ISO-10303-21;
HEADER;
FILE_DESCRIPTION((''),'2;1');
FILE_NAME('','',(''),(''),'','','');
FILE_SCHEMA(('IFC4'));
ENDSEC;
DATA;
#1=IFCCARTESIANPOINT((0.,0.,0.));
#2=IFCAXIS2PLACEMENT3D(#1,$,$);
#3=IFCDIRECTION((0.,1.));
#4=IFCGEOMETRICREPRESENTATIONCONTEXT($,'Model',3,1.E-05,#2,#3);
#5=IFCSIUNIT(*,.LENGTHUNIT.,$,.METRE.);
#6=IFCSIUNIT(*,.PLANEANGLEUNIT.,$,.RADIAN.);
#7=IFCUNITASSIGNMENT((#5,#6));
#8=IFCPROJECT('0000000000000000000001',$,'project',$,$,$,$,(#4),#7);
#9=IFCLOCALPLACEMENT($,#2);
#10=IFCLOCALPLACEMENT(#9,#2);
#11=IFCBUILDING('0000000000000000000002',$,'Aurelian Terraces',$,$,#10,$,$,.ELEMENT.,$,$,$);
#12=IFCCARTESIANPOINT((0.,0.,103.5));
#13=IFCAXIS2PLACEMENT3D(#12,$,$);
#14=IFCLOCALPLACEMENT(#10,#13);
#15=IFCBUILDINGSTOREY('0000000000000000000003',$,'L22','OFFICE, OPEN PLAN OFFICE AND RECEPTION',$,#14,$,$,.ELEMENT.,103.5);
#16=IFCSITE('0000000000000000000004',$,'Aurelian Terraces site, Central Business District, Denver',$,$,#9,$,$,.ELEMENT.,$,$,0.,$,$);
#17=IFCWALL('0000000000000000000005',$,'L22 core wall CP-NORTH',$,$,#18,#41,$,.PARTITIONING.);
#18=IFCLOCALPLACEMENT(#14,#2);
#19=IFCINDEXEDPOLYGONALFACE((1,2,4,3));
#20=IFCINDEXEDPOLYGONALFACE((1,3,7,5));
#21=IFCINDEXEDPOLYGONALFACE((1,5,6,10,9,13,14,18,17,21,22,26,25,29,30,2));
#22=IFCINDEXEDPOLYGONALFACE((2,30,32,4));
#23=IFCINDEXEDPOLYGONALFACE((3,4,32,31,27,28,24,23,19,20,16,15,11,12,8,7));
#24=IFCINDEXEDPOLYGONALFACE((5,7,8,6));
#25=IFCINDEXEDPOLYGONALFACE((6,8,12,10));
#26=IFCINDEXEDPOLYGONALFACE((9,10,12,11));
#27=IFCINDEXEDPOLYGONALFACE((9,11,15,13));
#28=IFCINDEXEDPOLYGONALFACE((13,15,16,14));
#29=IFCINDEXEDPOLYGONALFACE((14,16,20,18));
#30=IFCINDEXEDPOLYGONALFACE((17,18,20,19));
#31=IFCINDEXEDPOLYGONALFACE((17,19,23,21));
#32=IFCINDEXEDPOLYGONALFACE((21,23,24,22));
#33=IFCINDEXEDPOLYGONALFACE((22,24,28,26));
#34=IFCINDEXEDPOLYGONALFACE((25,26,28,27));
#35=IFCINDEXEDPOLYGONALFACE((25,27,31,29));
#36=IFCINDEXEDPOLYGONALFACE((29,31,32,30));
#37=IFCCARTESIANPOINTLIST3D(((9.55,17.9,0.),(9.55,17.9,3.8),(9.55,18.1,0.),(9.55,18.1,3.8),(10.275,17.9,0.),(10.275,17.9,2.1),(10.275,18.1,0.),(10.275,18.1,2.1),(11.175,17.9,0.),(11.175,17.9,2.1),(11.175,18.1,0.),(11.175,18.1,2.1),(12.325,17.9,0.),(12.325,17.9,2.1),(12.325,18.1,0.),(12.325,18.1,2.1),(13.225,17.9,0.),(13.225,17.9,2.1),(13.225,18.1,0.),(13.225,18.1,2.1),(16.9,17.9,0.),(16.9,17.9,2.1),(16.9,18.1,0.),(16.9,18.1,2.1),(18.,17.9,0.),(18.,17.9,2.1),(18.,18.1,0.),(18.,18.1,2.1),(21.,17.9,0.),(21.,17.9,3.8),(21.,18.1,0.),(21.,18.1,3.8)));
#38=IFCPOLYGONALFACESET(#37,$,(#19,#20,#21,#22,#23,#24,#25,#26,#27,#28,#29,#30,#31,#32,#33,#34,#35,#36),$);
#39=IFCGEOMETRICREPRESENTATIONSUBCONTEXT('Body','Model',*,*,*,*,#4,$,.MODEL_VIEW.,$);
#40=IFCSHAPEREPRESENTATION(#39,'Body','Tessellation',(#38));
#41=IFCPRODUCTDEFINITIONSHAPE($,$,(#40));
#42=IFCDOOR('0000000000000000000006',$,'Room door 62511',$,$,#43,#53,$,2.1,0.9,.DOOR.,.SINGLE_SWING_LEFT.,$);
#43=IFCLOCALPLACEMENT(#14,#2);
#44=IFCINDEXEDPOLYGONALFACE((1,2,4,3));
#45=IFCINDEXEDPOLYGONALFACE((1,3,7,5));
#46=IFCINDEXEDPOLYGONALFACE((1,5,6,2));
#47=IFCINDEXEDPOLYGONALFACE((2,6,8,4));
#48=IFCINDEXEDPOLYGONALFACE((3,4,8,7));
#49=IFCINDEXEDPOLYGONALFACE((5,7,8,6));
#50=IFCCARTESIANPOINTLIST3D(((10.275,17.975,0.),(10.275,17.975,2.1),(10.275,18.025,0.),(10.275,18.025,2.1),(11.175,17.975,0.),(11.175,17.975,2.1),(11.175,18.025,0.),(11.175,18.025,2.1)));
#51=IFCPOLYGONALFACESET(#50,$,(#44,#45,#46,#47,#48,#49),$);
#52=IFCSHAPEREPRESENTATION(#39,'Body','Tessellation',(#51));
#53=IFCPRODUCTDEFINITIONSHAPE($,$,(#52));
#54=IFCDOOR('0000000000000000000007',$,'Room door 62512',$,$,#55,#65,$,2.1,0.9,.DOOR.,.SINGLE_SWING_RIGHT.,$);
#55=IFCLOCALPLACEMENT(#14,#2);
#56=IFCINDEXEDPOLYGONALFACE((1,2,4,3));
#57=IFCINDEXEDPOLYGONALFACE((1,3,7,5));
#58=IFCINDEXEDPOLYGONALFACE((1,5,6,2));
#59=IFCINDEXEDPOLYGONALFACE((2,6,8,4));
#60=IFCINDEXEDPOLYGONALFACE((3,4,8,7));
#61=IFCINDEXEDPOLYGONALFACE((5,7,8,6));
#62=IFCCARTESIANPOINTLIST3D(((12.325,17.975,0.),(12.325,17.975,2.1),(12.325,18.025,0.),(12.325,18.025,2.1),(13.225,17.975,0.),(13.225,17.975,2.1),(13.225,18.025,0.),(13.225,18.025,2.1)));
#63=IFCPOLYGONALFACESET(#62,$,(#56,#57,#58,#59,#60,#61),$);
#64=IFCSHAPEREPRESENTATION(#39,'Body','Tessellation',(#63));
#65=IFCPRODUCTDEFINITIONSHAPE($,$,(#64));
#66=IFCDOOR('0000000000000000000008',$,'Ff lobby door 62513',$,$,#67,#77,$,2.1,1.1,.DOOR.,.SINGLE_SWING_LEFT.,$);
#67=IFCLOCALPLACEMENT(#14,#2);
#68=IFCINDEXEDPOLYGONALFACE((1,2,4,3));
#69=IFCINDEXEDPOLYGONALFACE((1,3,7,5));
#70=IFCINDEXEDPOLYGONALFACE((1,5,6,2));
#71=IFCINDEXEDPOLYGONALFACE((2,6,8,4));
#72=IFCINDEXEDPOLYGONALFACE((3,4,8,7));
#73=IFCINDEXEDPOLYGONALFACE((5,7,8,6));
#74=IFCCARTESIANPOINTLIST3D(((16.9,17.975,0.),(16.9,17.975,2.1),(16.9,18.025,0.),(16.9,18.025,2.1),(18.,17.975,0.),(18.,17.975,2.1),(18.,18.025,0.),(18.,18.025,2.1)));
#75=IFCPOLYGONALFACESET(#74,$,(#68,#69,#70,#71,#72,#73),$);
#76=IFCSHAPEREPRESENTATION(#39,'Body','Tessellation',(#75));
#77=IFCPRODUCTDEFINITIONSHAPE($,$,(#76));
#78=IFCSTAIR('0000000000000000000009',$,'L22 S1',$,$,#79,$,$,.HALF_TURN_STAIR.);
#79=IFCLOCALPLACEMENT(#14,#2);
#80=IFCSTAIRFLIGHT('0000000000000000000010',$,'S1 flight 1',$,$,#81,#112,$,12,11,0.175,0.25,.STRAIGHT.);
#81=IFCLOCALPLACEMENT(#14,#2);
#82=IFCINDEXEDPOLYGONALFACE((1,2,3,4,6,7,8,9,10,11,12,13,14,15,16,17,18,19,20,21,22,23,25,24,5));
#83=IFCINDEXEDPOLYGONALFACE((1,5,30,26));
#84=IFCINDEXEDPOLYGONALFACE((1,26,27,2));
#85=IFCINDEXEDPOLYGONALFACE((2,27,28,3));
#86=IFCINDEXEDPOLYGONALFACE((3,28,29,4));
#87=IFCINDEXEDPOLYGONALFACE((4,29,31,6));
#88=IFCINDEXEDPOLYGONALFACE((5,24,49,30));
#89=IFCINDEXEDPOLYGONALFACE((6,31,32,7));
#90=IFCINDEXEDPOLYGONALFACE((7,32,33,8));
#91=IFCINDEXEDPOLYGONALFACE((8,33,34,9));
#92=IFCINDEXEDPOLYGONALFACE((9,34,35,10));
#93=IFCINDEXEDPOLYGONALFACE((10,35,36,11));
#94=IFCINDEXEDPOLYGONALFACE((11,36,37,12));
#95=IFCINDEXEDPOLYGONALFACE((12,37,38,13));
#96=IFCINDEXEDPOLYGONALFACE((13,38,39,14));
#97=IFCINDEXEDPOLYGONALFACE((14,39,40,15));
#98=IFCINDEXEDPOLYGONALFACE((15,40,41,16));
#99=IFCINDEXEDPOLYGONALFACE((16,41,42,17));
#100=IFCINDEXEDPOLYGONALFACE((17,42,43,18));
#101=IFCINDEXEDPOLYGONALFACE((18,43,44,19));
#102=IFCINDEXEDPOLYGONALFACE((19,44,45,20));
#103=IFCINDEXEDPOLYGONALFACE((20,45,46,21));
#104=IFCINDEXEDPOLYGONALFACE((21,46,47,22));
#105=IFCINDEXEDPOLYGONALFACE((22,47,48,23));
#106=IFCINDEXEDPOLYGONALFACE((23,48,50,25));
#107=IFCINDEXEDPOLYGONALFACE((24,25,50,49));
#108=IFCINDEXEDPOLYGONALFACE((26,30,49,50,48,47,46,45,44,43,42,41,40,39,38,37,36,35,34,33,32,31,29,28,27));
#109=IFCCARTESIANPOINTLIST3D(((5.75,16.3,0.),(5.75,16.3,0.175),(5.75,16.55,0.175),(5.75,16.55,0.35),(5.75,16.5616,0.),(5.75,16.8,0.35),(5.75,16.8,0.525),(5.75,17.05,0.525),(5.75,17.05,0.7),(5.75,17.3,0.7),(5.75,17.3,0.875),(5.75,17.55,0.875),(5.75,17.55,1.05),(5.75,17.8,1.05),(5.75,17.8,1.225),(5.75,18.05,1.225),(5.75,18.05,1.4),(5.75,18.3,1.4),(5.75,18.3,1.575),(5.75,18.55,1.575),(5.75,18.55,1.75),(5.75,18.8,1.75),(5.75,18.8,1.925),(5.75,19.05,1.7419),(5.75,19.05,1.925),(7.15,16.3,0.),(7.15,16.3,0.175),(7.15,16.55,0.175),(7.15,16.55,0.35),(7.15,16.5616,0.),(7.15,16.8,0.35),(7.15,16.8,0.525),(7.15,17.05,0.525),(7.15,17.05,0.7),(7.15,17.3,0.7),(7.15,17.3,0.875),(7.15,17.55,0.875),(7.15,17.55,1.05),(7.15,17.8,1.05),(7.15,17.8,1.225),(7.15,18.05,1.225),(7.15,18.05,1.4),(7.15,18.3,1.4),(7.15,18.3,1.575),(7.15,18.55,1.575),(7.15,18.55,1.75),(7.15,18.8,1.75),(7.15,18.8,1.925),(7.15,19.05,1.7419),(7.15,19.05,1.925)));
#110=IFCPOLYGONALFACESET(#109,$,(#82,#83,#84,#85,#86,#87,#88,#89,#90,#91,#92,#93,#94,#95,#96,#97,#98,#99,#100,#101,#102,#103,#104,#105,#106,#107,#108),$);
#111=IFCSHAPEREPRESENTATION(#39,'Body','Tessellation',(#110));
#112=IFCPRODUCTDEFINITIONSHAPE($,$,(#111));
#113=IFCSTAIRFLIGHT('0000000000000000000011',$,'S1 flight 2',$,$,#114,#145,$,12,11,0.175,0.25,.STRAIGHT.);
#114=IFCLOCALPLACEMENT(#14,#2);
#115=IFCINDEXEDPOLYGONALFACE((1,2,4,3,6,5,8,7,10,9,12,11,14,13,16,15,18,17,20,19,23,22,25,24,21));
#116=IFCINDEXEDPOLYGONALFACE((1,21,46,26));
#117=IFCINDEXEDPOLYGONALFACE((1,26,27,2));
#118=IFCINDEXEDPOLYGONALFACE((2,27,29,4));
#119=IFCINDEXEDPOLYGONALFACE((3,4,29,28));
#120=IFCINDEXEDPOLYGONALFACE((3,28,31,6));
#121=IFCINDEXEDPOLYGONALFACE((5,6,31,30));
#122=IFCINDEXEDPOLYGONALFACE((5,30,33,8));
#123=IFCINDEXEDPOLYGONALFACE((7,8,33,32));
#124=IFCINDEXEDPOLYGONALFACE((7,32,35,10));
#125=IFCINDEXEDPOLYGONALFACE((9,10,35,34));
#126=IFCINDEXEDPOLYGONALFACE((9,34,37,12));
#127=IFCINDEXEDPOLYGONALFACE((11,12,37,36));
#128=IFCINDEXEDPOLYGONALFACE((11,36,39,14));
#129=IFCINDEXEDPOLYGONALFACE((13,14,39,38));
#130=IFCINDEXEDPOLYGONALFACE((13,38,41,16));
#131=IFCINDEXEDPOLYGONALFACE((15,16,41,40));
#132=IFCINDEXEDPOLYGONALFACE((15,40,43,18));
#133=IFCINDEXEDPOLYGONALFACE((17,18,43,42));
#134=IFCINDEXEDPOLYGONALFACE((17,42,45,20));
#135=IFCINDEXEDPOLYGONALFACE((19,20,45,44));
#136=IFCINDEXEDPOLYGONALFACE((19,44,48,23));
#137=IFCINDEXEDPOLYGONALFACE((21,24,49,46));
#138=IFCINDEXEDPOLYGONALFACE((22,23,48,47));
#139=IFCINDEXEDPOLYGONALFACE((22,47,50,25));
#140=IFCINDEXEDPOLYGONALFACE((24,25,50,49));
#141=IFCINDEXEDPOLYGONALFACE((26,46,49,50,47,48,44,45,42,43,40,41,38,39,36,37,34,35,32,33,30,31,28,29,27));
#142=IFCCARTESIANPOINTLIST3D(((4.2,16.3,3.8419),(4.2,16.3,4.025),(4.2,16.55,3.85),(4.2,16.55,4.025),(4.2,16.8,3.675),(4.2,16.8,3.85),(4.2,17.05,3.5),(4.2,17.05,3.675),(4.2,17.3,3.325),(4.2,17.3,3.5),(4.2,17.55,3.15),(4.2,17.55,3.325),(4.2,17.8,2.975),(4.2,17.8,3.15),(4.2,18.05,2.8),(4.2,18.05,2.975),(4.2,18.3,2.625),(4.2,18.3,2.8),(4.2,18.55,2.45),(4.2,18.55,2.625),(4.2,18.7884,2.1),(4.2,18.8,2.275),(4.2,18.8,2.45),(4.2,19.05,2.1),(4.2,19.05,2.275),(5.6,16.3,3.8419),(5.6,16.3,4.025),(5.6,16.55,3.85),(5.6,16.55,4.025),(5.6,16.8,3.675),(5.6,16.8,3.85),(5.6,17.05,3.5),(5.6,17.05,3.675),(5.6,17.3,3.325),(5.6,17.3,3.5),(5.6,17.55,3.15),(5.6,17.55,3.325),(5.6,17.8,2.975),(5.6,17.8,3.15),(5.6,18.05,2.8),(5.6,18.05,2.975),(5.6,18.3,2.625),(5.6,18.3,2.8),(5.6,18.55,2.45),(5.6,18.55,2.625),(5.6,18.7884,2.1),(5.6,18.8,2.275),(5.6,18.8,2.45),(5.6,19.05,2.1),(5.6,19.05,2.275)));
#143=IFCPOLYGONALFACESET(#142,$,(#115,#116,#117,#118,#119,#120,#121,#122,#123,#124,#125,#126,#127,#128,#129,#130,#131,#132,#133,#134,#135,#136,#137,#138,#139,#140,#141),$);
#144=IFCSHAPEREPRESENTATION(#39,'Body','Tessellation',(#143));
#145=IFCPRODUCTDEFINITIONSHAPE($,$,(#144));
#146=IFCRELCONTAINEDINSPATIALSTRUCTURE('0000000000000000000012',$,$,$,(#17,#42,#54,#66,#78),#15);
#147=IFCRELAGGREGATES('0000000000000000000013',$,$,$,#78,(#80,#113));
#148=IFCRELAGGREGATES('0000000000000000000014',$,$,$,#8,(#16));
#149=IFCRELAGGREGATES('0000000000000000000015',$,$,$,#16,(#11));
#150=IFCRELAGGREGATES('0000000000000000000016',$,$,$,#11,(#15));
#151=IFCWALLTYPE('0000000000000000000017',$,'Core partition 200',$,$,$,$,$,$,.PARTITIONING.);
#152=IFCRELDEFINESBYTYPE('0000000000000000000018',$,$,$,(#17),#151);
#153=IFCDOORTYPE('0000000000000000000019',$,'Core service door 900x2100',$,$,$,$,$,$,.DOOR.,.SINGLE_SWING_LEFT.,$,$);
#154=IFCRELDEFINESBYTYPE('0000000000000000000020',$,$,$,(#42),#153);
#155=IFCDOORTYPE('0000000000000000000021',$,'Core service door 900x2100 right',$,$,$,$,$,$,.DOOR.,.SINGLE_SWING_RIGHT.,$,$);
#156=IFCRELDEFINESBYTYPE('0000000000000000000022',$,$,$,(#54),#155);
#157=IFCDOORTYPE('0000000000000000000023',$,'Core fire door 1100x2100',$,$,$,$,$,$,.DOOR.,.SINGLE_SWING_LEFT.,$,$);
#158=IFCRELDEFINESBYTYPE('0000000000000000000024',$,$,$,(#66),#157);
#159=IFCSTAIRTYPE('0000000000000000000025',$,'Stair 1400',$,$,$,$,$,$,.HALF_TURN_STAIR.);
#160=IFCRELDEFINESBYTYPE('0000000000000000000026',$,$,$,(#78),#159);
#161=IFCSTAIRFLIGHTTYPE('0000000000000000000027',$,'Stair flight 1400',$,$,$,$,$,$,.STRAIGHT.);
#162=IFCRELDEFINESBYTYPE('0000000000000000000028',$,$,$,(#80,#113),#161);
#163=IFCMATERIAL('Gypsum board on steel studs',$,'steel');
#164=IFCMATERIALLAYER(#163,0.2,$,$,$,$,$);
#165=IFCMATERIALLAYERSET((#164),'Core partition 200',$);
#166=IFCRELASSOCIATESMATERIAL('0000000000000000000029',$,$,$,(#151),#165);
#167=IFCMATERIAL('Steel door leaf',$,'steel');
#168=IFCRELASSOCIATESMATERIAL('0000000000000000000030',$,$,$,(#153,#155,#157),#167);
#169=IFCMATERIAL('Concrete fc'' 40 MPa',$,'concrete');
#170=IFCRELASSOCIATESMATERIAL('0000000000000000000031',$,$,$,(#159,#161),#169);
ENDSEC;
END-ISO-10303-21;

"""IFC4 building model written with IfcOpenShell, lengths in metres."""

from ifc_helpers import new_model, si_unit, direction, frame, frame_2d, origin, place, context, subcontext, project, spatial, polyline, rectangle, outline, extrude, source, transform, mapped, material, layer, layer_set, type_object, element, fill, aggregate, save


model = new_model("IFC4")

# Units and contexts
model_context = context("Model", 3, precision=1e-05, world=origin(), true_north=direction((0.0, 1.0)))
body_context = subcontext(model_context, "Body", "Model", "MODEL_VIEW")
ifc_project = project(units=[si_unit("LENGTHUNIT", "METRE"), si_unit("PLANEANGLEUNIT", "RADIAN")], contexts=[model_context])

# Site, building, storey
site_placement = place(None, origin())
site = spatial("IfcSite", under=ifc_project, at=site_placement, Name="Aurelian Terraces site, Central Business District, Denver", CompositionType="ELEMENT", RefElevation=0.0)
building_placement = place(site_placement, origin())
building = spatial("IfcBuilding", under=site, at=building_placement, Name="Aurelian Terraces", CompositionType="ELEMENT")
storey_placement = place(building_placement, frame((0.0, 0.0, 103.5)))
storey = spatial("IfcBuildingStorey", under=building, at=storey_placement, Name="L22", Description="OFFICE, OPEN PLAN OFFICE AND RECEPTION", CompositionType="ELEMENT", Elevation=103.5)

# Shared definitions
ifc_material_1 = material(Name="Concrete fc' 40 MPa", Category="concrete")
ifc_material_2 = material(Name="Gypsum board on steel studs", Category="steel")
ifc_layer_1 = layer(ifc_material_2, 0.2)
ifc_layer_set_1 = layer_set([ifc_layer_1], Name="Core partition 200")
wall_type_1 = type_object("IfcWallType", Name="Core partition 200", PredefinedType="PARTITIONING", material=ifc_layer_set_1)

# Shared definitions
ifc_material_3 = material(Name="Steel door leaf", Category="steel")
shared_shape_1 = source(origin(), body_context, "Body", "SweptSolid", [
    extrude(rectangle(XDim=1.1, YDim=2.1, at=frame_2d((0.55, 1.05))), frame((0.0, 0.025, 0.0), z_axis=(0.0, -1.0, 0.0), x_axis=(1.0, 0.0, 0.0)), (0.0, 0.0, 1.0), 0.05),
])

# Wall, openings, doors
shared_shape_2 = source(origin(), body_context, "Body", "SweptSolid", [
    extrude(rectangle(XDim=11.45, YDim=0.2, at=frame_2d((5.725, 0.0))), origin(), (0.0, 0.0, 1.0), 3.8),
])
wall_1_placement = place(storey_placement, frame((9.55, 18.0, 0.0), z_axis=(0.0, 0.0, 1.0), x_axis=(1.0, 0.0, 0.0)))
wall_1 = element("IfcWall", 1, at=wall_1_placement, inside=storey, type_object=wall_type_1, Name="L22 core wall CP-NORTH", PredefinedType="PARTITIONING", context=body_context, shape_type="MappedRepresentation", body=[
    mapped(shared_shape_2, transform((0.0, 0.0, 0.0), scale=1.0)),
])
shared_shape_3 = source(origin(), body_context, "Body", "SweptSolid", [
    extrude(rectangle(XDim=0.9, YDim=2.1, at=frame_2d((0.45, 1.05))), frame((0.0, 0.11, 0.0), z_axis=(0.0, -1.0, 0.0), x_axis=(1.0, 0.0, 0.0)), (0.0, 0.0, 1.0), 0.22),
])
opening_1_placement = place(wall_1_placement, frame((0.725, 0.0, 0.0)))
opening_1 = element("IfcOpeningElement", 2, at=opening_1_placement, cuts=wall_1, PredefinedType="OPENING", context=body_context, shape_type="MappedRepresentation", body=[
    mapped(shared_shape_3, transform((0.0, 0.0, 0.0), scale=1.0)),
])
opening_2_placement = place(wall_1_placement, frame((2.775, 0.0, 0.0)))
opening_2 = element("IfcOpeningElement", 3, at=opening_2_placement, cuts=wall_1, PredefinedType="OPENING", context=body_context, shape_type="MappedRepresentation", body=[
    mapped(shared_shape_3, transform((0.0, 0.0, 0.0), scale=1.0)),
])
shared_shape_4 = source(origin(), body_context, "Body", "SweptSolid", [
    extrude(rectangle(XDim=1.1, YDim=2.1, at=frame_2d((0.55, 1.05))), frame((0.0, 0.11, 0.0), z_axis=(0.0, -1.0, 0.0), x_axis=(1.0, 0.0, 0.0)), (0.0, 0.0, 1.0), 0.22),
])
opening_3_placement = place(wall_1_placement, frame((7.35, 0.0, 0.0)))
opening_3 = element("IfcOpeningElement", 4, at=opening_3_placement, cuts=wall_1, PredefinedType="OPENING", context=body_context, shape_type="MappedRepresentation", body=[
    mapped(shared_shape_4, transform((0.0, 0.0, 0.0), scale=1.0)),
])
door_type_1 = type_object("IfcDoorType", Name="Core service door 900x2100", OperationType="SINGLE_SWING_LEFT", PredefinedType="DOOR", material=ifc_material_3)
shared_shape_5 = source(origin(), body_context, "Body", "SweptSolid", [
    extrude(rectangle(XDim=0.9, YDim=2.1, at=frame_2d((0.45, 1.05))), frame((0.0, 0.025, 0.0), z_axis=(0.0, -1.0, 0.0), x_axis=(1.0, 0.0, 0.0)), (0.0, 0.0, 1.0), 0.05),
])
door_1_placement = place(opening_1_placement, origin())
door_1 = element("IfcDoor", 5, at=door_1_placement, inside=storey, type_object=door_type_1, Name="Room door 62511", OperationType="SINGLE_SWING_LEFT", OverallHeight=2.1, OverallWidth=0.9, PredefinedType="DOOR", context=body_context, shape_type="MappedRepresentation", body=[
    mapped(shared_shape_5, transform((0.0, 0.0, 0.0), scale=1.0)),
])
fill(opening_1, door_1)
door_type_2 = type_object("IfcDoorType", Name="Core service door 900x2100 right", OperationType="SINGLE_SWING_RIGHT", PredefinedType="DOOR", material=ifc_material_3)
door_2_placement = place(opening_2_placement, origin())
door_2 = element("IfcDoor", 6, at=door_2_placement, inside=storey, type_object=door_type_2, Name="Room door 62512", OperationType="SINGLE_SWING_RIGHT", OverallHeight=2.1, OverallWidth=0.9, PredefinedType="DOOR", context=body_context, shape_type="MappedRepresentation", body=[
    mapped(shared_shape_5, transform((0.0, 0.0, 0.0), scale=1.0)),
])
fill(opening_2, door_2)
door_type_3 = type_object("IfcDoorType", Name="Core fire door 1100x2100", OperationType="SINGLE_SWING_LEFT", PredefinedType="DOOR", material=ifc_material_3)
door_3_placement = place(opening_3_placement, origin())
door_3 = element("IfcDoor", 7, at=door_3_placement, inside=storey, type_object=door_type_3, Name="Ff lobby door 62513", OperationType="SINGLE_SWING_LEFT", OverallHeight=2.1, OverallWidth=1.1, PredefinedType="DOOR", context=body_context, shape_type="MappedRepresentation", body=[
    mapped(shared_shape_1, transform((0.0, 0.0, 0.0), scale=1.0)),
])
fill(opening_3, door_3)

# Stair, stair flights
stair_type = type_object("IfcStairType", Name="Stair 1400", PredefinedType="HALF_TURN_STAIR", material=ifc_material_1)
stair_placement = place(storey_placement, origin())
stair = element("IfcStair", 8, at=stair_placement, inside=storey, type_object=stair_type, Name="L22 S1", PredefinedType="HALF_TURN_STAIR")
stair_flight_type = type_object("IfcStairFlightType", Name="Stair flight 1400", PredefinedType="STRAIGHT", material=ifc_material_1)
shared_shape_6 = source(origin(), body_context, "Body", "SweptSolid", [
    extrude(outline(polyline([(0.0, 0.0), (0.0, 0.175), (0.25, 0.175), (0.25, 0.35), (0.5, 0.35), (0.5, 0.525), (0.75, 0.525), (0.75, 0.7), (1.0, 0.7), (1.0, 0.875), (1.25, 0.875), (1.25, 1.05), (1.5, 1.05), (1.5, 1.225), (1.75, 1.225), (1.75, 1.4), (2.0, 1.4), (2.0, 1.575), (2.25, 1.575), (2.25, 1.75), (2.5, 1.75), (2.5, 1.925), (2.75, 1.925), (2.75, 2.1), (2.75, 1.7419), (0.2616, 0.0), (0.0, 0.0)])), frame((0.0, 0.7, 0.0), z_axis=(0.0, -1.0, 0.0), x_axis=(1.0, 0.0, 0.0)), (0.0, 0.0, 1.0), 1.4),
])
stair_flight_1_placement = place(storey_placement, frame((6.45, 16.3, 0.0), z_axis=(0.0, 0.0, 1.0), x_axis=(0.0, 1.0, 0.0)))
stair_flight_1 = element("IfcStairFlight", 9, at=stair_flight_1_placement, type_object=stair_flight_type, Name="S1 flight 1", NumberOfRisers=12, NumberOfTreads=11, PredefinedType="STRAIGHT", RiserHeight=0.175, TreadLength=0.25, context=body_context, shape_type="MappedRepresentation", body=[
    mapped(shared_shape_6, transform((0.0, 0.0, 0.0), scale=1.0)),
])
stair_flight_2_placement = place(storey_placement, frame((4.9, 19.05, 2.1), z_axis=(0.0, 0.0, 1.0), x_axis=(0.0, -1.0, 0.0)))
stair_flight_2 = element("IfcStairFlight", 10, at=stair_flight_2_placement, type_object=stair_flight_type, Name="S1 flight 2", NumberOfRisers=12, NumberOfTreads=11, PredefinedType="STRAIGHT", RiserHeight=0.175, TreadLength=0.25, context=body_context, shape_type="MappedRepresentation", body=[
    mapped(shared_shape_6, transform((0.0, 0.0, 0.0), scale=1.0)),
])
aggregate(stair, [stair_flight_1, stair_flight_2])

save(model, "model.ifc")
